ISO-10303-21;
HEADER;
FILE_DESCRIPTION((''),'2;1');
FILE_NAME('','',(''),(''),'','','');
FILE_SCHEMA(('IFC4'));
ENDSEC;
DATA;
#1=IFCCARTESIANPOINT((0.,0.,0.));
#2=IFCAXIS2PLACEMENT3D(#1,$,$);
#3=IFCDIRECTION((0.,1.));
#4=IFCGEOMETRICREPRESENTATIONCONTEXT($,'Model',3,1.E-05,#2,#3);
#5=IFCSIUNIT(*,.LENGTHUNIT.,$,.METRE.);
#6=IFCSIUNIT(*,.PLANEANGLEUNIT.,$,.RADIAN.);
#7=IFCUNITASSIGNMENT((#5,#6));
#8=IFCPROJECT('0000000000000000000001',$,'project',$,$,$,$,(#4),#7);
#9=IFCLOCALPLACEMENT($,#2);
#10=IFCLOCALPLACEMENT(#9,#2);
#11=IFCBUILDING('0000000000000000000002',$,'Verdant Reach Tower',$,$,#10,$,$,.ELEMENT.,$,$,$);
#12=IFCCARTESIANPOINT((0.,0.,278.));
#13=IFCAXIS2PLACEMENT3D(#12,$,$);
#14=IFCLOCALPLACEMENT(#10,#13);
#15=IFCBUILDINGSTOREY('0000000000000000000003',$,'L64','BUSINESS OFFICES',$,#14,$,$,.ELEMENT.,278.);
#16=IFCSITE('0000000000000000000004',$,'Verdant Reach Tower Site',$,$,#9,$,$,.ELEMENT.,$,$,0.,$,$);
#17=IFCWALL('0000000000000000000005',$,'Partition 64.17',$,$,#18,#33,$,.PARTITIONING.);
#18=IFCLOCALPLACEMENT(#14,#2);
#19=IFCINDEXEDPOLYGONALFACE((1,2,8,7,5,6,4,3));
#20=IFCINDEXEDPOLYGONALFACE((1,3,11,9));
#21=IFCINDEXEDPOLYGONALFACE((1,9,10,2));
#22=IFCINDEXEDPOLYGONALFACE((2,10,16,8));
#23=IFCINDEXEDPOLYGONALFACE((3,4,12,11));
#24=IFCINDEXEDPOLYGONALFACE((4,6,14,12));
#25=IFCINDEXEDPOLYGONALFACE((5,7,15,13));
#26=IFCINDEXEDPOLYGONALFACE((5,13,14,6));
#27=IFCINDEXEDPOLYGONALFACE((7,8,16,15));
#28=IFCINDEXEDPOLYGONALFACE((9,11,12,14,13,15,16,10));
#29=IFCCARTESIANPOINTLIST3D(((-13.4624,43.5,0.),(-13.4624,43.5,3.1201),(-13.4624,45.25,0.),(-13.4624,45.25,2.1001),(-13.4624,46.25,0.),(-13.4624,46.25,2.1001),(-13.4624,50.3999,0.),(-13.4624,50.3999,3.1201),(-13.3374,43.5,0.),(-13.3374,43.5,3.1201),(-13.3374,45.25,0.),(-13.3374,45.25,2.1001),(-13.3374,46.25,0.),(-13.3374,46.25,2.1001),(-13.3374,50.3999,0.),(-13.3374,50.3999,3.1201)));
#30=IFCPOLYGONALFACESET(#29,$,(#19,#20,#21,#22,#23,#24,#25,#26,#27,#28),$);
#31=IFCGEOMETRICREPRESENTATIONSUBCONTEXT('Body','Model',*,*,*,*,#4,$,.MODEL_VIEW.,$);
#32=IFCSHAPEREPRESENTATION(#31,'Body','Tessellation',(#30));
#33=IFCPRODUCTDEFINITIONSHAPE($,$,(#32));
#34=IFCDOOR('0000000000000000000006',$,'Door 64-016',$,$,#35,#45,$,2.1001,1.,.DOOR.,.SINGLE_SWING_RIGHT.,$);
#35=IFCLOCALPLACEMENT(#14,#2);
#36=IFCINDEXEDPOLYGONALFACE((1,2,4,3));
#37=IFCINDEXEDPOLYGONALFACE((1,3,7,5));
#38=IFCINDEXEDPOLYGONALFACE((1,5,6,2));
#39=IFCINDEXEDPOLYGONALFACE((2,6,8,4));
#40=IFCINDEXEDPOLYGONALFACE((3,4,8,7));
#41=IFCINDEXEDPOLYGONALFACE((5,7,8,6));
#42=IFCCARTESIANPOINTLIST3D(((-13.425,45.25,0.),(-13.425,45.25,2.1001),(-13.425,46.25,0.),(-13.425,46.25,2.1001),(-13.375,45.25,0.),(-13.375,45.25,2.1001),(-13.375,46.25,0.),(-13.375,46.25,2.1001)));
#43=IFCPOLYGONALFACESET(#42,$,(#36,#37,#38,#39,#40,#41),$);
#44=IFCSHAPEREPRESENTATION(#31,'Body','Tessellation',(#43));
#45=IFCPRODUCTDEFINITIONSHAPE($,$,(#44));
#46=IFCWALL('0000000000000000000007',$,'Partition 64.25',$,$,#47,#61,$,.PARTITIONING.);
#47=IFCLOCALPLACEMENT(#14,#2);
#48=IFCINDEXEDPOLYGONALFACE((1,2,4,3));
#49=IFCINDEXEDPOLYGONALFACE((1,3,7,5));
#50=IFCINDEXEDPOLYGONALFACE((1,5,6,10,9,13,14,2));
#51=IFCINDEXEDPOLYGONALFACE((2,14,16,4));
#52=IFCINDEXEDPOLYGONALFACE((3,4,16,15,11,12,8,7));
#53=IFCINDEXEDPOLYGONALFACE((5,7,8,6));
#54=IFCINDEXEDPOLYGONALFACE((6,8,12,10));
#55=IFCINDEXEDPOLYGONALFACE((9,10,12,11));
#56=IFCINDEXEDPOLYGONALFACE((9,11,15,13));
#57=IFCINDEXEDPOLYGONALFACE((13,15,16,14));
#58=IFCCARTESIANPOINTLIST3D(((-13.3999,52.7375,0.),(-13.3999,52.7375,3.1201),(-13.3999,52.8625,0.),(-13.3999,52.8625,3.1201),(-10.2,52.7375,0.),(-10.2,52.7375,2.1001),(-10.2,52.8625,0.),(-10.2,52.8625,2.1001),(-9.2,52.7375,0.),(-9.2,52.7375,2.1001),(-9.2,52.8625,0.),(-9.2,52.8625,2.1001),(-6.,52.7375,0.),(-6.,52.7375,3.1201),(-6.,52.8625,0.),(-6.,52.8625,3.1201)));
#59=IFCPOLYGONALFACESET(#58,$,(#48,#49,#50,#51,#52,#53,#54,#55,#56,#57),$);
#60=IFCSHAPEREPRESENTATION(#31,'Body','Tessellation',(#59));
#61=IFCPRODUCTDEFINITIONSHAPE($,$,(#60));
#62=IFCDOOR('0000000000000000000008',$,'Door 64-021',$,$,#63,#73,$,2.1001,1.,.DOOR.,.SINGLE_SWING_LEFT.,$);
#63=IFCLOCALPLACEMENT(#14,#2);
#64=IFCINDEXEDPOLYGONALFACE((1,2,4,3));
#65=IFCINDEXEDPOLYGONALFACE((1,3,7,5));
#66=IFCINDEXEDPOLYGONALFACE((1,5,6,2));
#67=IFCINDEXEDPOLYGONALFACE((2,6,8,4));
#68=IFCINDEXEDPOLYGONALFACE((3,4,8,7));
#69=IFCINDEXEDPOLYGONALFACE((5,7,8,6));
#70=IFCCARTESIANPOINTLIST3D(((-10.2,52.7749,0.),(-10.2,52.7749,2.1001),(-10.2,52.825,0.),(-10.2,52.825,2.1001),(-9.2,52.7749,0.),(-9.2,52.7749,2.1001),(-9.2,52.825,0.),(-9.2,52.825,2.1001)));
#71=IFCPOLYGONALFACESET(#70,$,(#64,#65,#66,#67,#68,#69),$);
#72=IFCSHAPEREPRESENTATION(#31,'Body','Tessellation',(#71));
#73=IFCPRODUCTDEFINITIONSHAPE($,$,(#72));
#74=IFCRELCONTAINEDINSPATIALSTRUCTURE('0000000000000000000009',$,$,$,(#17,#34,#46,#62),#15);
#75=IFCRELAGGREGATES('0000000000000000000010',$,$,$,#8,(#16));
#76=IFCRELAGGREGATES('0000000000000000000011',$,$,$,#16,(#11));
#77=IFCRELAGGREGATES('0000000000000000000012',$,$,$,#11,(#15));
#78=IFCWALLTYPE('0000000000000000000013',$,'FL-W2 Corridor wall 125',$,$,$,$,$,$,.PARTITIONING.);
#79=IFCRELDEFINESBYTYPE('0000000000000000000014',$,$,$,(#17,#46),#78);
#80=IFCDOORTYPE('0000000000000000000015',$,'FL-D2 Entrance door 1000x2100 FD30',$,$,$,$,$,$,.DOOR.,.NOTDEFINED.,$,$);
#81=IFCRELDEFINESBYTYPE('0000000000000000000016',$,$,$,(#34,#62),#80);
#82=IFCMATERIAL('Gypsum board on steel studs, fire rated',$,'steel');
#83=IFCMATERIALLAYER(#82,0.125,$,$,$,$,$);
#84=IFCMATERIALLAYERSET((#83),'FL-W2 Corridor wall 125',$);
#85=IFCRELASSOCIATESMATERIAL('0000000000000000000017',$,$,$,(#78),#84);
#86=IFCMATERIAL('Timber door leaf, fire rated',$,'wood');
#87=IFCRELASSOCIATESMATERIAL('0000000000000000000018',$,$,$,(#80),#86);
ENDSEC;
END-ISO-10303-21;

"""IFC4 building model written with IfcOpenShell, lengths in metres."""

from ifc_helpers import new_model, si_unit, direction, frame, frame_2d, origin, place, context, subcontext, project, spatial, rectangle, extrude, material, layer, layer_set, type_object, element, fill, save


model = new_model("IFC4")

# Units and contexts
model_context = context("Model", 3, precision=1e-05, world=origin(), true_north=direction((0.0, 1.0)))
body_context = subcontext(model_context, "Body", "Model", "MODEL_VIEW")
ifc_project = project(units=[si_unit("LENGTHUNIT", "METRE"), si_unit("PLANEANGLEUNIT", "RADIAN")], contexts=[model_context])

# Site, building, storey
site_placement = place(None, origin())
site = spatial("IfcSite", under=ifc_project, at=site_placement, Name="Verdant Reach Tower Site", CompositionType="ELEMENT", RefElevation=0.0)
building_placement = place(site_placement, origin())
building = spatial("IfcBuilding", under=site, at=building_placement, Name="Verdant Reach Tower", CompositionType="ELEMENT")
storey_placement = place(building_placement, frame((0.0, 0.0, 278.0)))
storey = spatial("IfcBuildingStorey", under=building, at=storey_placement, Name="L64", Description="BUSINESS OFFICES", CompositionType="ELEMENT", Elevation=278.0)

# Walls, openings, doors
ifc_material_1 = material(Name="Gypsum board on steel studs, fire rated", Category="steel")
ifc_layer_1 = layer(ifc_material_1, 0.125)
ifc_layer_set_1 = layer_set([ifc_layer_1], Name="FL-W2 Corridor wall 125")
wall_type_1 = type_object("IfcWallType", Name="FL-W2 Corridor wall 125", PredefinedType="PARTITIONING", material=ifc_layer_set_1)
ifc_material_2 = material(Name="Timber door leaf, fire rated", Category="wood")
door_type = type_object("IfcDoorType", Name="FL-D2 Entrance door 1000x2100 FD30", OperationType="NOTDEFINED", PredefinedType="DOOR", material=ifc_material_2)
wall_1_placement = place(storey_placement, frame((-13.3999, 50.3999, 0.0), z_axis=(0.0, 0.0, 1.0), x_axis=(0.0, -1.0, 0.0)))
wall_1 = element("IfcWall", 1, at=wall_1_placement, inside=storey, type_object=wall_type_1, Name="Partition 64.17", PredefinedType="PARTITIONING", context=body_context, shape_type="SweptSolid", body=[
    extrude(rectangle(XDim=6.8999, YDim=0.125, at=frame_2d((3.45, 0.0))), origin(), (0.0, 0.0, 1.0), 3.1201),
])
opening_1_placement = place(wall_1_placement, frame((4.1499, 0.0, 0.0)))
opening_1 = element("IfcOpeningElement", 2, at=opening_1_placement, cuts=wall_1, PredefinedType="OPENING", context=body_context, shape_type="SweptSolid", body=[
    extrude(rectangle(XDim=1.0, YDim=2.1001, at=frame_2d((0.5, 1.05))), frame((0.0, 0.0725, 0.0), z_axis=(0.0, -1.0, 0.0), x_axis=(1.0, 0.0, 0.0)), (0.0, 0.0, 1.0), 0.145),
])
door_1_placement = place(opening_1_placement, origin())
door_1 = element("IfcDoor", 3, at=door_1_placement, inside=storey, type_object=door_type, Name="Door 64-016", OperationType="SINGLE_SWING_RIGHT", OverallHeight=2.1001, OverallWidth=1.0, PredefinedType="DOOR", context=body_context, shape_type="SweptSolid", body=[
    extrude(rectangle(XDim=1.0, YDim=2.1001, at=frame_2d((0.5, 1.05))), frame((0.0, 0.0249, 0.0), z_axis=(0.0, -1.0, 0.0), x_axis=(1.0, 0.0, 0.0)), (0.0, 0.0, 1.0), 0.05),
])
fill(opening_1, door_1)
wall_2_placement = place(storey_placement, frame((-13.3999, 52.8, 0.0), z_axis=(0.0, 0.0, 1.0), x_axis=(1.0, 0.0, 0.0)))
wall_2 = element("IfcWall", 4, at=wall_2_placement, inside=storey, type_object=wall_type_1, Name="Partition 64.25", PredefinedType="PARTITIONING", context=body_context, shape_type="SweptSolid", body=[
    extrude(rectangle(XDim=7.3999, YDim=0.125, at=frame_2d((3.7, 0.0))), origin(), (0.0, 0.0, 1.0), 3.1201),
])
opening_2_placement = place(wall_2_placement, frame((3.2, 0.0, 0.0)))
opening_2 = element("IfcOpeningElement", 5, at=opening_2_placement, cuts=wall_2, PredefinedType="OPENING", context=body_context, shape_type="SweptSolid", body=[
    extrude(rectangle(XDim=1.0, YDim=2.1001, at=frame_2d((0.5, 1.05))), frame((0.0, 0.0725, 0.0), z_axis=(0.0, -1.0, 0.0), x_axis=(1.0, 0.0, 0.0)), (0.0, 0.0, 1.0), 0.145),
])
door_2_placement = place(opening_2_placement, origin())
door_2 = element("IfcDoor", 6, at=door_2_placement, inside=storey, type_object=door_type, Name="Door 64-021", OperationType="SINGLE_SWING_LEFT", OverallHeight=2.1001, OverallWidth=1.0, PredefinedType="DOOR", context=body_context, shape_type="SweptSolid", body=[
    extrude(rectangle(XDim=1.0, YDim=2.1001, at=frame_2d((0.5, 1.05))), frame((0.0, 0.0249, 0.0), z_axis=(0.0, -1.0, 0.0), x_axis=(1.0, 0.0, 0.0)), (0.0, 0.0, 1.0), 0.05),
])
fill(opening_2, door_2)

save(model, "model.ifc")
